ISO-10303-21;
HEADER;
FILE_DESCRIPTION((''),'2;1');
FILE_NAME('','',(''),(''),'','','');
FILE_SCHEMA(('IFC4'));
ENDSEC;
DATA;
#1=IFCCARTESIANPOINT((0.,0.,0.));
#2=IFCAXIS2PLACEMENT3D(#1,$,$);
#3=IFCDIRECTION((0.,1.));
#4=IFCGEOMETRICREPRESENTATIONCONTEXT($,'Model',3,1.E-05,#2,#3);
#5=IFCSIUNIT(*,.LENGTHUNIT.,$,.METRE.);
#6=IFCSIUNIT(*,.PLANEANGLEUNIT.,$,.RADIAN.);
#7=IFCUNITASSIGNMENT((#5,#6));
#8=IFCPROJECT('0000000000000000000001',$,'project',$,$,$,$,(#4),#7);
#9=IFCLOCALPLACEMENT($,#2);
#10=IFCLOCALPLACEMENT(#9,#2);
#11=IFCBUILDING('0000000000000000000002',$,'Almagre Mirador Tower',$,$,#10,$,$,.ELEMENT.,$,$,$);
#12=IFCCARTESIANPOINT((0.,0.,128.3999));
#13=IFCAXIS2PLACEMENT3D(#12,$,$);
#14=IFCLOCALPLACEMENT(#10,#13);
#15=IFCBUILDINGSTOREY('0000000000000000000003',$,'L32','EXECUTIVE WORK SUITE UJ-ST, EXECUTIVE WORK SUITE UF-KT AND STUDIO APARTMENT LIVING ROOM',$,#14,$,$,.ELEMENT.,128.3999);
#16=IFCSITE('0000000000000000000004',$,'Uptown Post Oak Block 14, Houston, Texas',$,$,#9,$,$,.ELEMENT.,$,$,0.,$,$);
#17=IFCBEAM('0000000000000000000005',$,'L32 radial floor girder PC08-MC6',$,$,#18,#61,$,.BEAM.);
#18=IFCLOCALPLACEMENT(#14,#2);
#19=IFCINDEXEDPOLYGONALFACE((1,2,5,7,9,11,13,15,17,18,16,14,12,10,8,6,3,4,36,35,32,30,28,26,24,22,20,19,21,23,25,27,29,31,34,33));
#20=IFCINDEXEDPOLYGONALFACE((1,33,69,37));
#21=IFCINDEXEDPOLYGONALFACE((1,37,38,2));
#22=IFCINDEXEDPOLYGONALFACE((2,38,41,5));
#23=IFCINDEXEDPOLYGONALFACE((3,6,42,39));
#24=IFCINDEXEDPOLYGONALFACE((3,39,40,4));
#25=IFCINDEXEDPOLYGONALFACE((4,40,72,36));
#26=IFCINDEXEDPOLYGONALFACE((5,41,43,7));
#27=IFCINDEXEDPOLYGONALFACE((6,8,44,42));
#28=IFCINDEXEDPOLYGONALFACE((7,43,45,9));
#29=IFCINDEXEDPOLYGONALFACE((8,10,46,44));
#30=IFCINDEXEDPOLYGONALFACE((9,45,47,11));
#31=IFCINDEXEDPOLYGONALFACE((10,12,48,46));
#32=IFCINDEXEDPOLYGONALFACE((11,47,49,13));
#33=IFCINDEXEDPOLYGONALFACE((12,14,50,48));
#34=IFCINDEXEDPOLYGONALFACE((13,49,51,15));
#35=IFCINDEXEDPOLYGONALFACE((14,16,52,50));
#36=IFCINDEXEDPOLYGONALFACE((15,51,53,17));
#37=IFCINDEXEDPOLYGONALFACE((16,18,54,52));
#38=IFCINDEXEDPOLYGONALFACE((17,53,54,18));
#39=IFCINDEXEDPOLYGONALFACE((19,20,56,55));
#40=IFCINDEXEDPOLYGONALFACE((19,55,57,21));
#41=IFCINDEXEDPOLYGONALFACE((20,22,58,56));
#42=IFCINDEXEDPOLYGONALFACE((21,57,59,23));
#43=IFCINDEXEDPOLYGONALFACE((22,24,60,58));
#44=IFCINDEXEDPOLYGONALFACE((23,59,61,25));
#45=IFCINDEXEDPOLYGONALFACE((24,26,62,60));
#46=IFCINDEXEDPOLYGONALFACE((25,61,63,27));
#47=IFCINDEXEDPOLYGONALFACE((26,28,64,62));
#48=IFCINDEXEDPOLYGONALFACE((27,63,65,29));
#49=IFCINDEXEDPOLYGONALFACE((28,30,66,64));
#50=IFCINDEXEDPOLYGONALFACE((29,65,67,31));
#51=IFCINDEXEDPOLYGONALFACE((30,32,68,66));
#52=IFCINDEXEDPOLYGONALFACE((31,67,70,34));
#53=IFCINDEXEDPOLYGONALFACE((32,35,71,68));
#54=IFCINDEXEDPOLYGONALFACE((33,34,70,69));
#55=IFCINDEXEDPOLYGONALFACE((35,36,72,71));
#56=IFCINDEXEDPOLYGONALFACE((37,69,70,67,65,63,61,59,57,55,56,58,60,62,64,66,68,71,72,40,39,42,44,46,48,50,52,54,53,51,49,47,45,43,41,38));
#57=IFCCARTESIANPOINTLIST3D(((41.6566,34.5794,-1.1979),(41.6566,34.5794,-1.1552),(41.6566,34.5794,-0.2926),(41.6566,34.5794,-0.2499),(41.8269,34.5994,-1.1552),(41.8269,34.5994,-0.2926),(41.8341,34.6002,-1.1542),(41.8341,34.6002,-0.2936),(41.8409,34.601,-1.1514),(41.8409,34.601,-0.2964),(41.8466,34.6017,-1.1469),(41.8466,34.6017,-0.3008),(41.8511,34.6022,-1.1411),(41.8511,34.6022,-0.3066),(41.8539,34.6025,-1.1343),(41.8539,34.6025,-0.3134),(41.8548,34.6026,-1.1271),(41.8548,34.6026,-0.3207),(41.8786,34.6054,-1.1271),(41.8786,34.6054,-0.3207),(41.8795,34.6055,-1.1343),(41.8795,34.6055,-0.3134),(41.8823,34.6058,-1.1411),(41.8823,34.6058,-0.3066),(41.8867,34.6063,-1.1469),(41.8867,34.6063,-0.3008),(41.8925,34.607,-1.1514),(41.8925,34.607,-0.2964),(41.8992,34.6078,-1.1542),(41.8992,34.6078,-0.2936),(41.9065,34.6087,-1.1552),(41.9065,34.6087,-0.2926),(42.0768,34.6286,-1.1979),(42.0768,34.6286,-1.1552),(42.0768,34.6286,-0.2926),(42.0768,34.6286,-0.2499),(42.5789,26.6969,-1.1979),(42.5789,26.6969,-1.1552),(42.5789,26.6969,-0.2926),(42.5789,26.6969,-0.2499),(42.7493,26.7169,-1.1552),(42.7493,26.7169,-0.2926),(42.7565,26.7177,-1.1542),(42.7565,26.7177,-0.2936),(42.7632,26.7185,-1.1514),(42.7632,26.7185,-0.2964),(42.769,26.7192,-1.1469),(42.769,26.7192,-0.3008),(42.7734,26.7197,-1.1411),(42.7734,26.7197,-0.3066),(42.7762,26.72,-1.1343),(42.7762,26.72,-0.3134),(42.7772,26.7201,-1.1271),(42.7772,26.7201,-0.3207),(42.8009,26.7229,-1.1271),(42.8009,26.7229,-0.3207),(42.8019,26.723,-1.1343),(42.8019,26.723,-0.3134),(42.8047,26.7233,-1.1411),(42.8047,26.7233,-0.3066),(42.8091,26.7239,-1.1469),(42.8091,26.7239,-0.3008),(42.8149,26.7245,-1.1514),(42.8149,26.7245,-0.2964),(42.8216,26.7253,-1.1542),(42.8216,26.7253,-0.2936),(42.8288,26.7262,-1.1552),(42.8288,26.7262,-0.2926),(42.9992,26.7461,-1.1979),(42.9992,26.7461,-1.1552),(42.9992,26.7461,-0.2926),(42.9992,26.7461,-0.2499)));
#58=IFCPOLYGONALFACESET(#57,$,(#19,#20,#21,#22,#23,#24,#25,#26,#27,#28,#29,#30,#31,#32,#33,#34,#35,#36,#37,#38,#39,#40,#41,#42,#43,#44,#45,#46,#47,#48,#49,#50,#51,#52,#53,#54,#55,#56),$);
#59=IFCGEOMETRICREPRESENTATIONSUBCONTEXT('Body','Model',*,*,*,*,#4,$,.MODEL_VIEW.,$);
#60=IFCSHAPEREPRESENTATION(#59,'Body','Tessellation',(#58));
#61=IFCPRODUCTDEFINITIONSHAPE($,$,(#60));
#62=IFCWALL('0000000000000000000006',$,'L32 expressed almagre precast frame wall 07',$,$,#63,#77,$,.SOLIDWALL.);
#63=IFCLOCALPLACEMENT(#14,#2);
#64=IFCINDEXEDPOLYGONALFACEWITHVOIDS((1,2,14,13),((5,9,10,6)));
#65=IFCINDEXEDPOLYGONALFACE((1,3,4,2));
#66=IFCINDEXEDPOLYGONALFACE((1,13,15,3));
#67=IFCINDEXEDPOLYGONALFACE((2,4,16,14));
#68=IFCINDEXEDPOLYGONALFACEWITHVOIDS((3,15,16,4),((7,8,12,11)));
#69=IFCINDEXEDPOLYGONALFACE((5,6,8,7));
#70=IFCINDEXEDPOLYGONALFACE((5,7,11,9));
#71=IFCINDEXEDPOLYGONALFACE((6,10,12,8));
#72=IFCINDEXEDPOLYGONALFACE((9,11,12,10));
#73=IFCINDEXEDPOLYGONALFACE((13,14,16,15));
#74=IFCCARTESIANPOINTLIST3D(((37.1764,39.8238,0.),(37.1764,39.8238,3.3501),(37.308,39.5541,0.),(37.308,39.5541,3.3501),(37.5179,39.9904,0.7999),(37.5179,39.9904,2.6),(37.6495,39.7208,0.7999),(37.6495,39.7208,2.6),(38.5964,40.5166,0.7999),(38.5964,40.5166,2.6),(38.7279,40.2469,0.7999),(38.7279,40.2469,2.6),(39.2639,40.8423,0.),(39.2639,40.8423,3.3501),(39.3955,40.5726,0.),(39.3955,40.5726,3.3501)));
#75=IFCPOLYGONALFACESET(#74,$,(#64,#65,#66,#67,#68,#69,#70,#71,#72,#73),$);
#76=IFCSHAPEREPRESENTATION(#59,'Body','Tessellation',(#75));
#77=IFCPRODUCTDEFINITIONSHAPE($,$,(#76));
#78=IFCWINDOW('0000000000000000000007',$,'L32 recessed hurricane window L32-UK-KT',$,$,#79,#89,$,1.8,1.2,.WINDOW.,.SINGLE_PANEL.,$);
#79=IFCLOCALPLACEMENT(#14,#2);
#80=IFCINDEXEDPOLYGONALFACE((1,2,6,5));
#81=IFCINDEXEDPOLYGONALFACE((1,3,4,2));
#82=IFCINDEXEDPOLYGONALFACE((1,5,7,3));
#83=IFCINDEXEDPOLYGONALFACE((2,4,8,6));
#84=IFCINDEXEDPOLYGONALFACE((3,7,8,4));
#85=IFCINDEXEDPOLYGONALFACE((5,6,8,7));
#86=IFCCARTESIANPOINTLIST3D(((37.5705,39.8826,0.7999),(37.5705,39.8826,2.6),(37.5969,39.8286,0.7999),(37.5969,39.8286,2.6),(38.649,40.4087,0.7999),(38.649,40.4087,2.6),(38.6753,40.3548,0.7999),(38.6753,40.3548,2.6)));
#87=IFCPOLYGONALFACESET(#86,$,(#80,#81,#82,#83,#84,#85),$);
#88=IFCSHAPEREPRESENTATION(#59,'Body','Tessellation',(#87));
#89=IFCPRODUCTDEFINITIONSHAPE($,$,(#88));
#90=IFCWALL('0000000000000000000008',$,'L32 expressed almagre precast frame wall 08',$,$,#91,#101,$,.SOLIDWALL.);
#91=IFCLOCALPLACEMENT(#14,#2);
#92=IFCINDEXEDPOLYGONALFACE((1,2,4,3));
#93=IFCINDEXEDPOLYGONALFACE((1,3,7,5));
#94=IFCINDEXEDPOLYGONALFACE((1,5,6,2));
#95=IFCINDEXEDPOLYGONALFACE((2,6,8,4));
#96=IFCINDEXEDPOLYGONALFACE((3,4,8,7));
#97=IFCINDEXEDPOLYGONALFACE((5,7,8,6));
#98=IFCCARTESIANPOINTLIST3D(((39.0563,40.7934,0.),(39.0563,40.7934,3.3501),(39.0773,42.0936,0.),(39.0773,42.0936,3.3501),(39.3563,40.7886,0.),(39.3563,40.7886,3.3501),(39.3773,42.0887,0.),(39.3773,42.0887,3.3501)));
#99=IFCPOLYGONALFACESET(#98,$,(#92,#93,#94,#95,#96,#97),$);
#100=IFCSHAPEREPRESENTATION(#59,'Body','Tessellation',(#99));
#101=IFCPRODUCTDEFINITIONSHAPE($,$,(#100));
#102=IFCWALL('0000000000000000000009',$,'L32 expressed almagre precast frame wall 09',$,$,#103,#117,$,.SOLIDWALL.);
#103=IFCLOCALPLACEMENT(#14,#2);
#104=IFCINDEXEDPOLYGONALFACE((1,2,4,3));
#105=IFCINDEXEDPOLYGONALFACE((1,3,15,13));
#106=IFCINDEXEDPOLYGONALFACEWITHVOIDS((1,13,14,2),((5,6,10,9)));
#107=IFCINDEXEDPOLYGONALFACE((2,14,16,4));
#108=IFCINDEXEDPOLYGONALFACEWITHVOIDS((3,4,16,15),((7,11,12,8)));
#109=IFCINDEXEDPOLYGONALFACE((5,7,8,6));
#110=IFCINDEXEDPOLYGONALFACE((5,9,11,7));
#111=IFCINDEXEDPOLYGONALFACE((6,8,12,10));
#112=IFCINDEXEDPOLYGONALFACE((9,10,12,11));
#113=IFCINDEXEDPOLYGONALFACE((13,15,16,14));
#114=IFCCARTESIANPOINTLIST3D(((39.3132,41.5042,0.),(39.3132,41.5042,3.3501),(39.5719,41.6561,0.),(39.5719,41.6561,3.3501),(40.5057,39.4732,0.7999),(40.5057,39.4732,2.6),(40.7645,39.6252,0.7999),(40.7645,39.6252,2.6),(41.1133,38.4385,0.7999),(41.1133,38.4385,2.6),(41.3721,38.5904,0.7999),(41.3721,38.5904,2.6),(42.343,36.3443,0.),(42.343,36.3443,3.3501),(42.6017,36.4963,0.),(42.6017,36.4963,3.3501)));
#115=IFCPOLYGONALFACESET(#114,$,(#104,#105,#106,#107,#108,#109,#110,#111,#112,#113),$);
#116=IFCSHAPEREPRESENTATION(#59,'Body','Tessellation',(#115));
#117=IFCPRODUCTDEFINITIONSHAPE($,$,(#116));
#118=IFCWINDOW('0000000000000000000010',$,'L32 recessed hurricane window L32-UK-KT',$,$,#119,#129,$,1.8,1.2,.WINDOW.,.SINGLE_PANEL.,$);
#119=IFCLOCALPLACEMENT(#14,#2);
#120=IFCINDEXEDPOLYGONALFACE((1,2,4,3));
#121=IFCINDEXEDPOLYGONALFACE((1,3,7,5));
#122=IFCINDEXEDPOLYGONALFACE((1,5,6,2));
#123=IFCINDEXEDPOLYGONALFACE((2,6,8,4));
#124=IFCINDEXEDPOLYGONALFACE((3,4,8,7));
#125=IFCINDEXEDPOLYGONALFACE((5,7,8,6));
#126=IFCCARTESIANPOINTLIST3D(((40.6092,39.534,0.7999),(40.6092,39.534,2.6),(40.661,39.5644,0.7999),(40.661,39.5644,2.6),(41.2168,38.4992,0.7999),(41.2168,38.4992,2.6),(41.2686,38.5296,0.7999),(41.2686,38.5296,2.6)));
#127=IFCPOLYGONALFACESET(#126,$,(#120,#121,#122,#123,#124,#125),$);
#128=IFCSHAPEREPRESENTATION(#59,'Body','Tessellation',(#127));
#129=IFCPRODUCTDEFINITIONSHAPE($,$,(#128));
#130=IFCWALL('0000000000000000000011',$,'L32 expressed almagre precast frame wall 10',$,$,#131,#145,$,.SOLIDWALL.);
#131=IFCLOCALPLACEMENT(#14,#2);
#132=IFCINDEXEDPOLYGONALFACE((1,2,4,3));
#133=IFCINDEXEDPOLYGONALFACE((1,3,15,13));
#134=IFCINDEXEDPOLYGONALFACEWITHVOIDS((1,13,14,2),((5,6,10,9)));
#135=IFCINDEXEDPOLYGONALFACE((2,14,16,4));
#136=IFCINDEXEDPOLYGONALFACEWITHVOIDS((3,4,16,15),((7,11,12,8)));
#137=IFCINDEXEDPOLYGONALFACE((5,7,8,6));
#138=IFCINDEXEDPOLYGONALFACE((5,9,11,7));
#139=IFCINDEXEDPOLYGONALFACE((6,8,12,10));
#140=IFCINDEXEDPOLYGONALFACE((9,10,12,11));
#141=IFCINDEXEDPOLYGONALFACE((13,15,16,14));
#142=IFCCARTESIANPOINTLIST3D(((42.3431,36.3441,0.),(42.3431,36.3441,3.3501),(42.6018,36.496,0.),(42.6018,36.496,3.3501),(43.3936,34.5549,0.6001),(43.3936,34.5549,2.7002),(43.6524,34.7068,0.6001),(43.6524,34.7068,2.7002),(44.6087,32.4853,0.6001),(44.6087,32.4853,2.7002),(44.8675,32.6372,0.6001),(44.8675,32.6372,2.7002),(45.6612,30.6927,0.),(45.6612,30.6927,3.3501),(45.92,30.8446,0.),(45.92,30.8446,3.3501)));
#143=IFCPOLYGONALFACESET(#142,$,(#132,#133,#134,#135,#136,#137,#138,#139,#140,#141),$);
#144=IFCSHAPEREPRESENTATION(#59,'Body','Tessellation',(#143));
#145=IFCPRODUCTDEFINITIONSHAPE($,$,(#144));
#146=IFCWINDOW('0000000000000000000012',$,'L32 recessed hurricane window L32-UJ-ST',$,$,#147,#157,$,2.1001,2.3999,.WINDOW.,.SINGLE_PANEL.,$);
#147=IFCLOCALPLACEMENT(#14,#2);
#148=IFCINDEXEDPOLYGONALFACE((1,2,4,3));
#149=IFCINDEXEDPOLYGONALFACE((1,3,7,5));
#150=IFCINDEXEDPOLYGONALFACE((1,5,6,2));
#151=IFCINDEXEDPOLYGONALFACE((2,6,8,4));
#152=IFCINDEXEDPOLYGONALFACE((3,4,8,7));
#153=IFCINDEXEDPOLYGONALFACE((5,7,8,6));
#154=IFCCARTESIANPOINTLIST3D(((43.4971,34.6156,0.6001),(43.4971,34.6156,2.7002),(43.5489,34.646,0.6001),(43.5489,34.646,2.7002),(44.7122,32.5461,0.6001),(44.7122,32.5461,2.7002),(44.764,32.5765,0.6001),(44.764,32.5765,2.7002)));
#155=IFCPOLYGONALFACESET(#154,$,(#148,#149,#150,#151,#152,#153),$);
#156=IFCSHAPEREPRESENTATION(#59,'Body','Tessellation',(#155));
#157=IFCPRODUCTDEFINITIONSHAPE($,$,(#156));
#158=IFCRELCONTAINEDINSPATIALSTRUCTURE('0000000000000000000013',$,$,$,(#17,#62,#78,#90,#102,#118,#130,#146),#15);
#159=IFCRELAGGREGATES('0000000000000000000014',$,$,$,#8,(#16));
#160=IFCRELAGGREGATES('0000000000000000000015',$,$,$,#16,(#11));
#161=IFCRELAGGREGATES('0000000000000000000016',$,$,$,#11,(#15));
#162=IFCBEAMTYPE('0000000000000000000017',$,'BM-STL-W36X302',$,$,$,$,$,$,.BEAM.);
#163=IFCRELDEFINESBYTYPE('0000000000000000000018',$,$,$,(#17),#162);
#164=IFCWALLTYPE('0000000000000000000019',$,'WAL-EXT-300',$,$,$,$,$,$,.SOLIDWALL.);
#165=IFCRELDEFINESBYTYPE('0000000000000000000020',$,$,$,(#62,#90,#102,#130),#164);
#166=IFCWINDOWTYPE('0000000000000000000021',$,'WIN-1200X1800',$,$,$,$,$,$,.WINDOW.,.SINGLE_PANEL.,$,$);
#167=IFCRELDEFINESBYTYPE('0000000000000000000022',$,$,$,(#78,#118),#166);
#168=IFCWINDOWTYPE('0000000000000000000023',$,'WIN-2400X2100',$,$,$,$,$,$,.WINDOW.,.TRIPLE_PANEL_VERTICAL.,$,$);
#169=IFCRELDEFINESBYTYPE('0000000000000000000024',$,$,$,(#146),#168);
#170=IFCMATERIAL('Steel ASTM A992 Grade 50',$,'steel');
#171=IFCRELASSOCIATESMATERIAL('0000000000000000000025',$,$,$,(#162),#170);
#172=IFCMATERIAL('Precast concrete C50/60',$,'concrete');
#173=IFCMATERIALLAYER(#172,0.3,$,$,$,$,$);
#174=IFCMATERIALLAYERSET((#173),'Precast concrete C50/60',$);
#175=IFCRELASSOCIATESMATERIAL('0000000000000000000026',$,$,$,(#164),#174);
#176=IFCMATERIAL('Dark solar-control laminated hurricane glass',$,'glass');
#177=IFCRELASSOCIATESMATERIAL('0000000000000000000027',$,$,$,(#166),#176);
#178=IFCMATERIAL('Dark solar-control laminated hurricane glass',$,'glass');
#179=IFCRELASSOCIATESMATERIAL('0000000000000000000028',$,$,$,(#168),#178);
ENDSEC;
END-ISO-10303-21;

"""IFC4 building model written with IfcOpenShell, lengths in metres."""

from ifc_helpers import new_model, si_unit, direction, frame, frame_2d, origin, origin_2d, place, context, subcontext, project, spatial, rectangle, i_section, extrude, material, layer, layer_set, material_profile, profile_set, type_object, element, fill, save


model = new_model("IFC4")

# Units and contexts
model_context = context("Model", 3, precision=1e-05, world=origin(), true_north=direction((0.0, 1.0)))
body_context = subcontext(model_context, "Body", "Model", "MODEL_VIEW")
ifc_project = project(units=[si_unit("LENGTHUNIT", "METRE"), si_unit("PLANEANGLEUNIT", "RADIAN")], contexts=[model_context])

# Site, building, storey
site_placement = place(None, origin())
site = spatial("IfcSite", under=ifc_project, at=site_placement, Name="Uptown Post Oak Block 14, Houston, Texas", CompositionType="ELEMENT", RefElevation=0.0)
building_placement = place(site_placement, origin())
building = spatial("IfcBuilding", under=site, at=building_placement, Name="Almagre Mirador Tower", CompositionType="ELEMENT")
storey_placement = place(building_placement, frame((0.0, 0.0, 128.3999)))
storey = spatial("IfcBuildingStorey", under=building, at=storey_placement, Name="L32", Description="EXECUTIVE WORK SUITE UJ-ST, EXECUTIVE WORK SUITE UF-KT AND STUDIO APARTMENT LIVING ROOM", CompositionType="ELEMENT", Elevation=128.3999)

# Beam
ifc_material_1 = material(Name="Steel ASTM A992 Grade 50", Category="steel")
ifc_material_profile_1 = material_profile(ifc_material_1, i_section(OverallWidth=0.4231, OverallDepth=0.948, WebThickness=0.0239, FlangeThickness=0.0427, FilletRadius=0.0281, at=origin_2d()), Name="W36X302")
ifc_profile_set_1 = profile_set([ifc_material_profile_1], Name="Steel ASTM A992 Grade 50")
beam_type_1 = type_object("IfcBeamType", Name="BM-STL-W36X302", PredefinedType="BEAM", material=ifc_profile_set_1)
beam_1_placement = place(storey_placement, frame((41.8667, 34.604, -0.7239), z_axis=(0.11622, -0.993223, 0.0), x_axis=(0.993223, 0.11622, 0.0)))
element("IfcBeam", 1, at=beam_1_placement, inside=storey, type_object=beam_type_1, Name="L32 radial floor girder PC08-MC6", PredefinedType="BEAM", context=body_context, shape_type="SweptSolid", body=[
    extrude(i_section(OverallWidth=0.4231, OverallDepth=0.948, WebThickness=0.0239, FlangeThickness=0.0427, FilletRadius=0.0281, at=origin_2d()), origin(), (0.0, 0.0, 1.0), 7.9363),
])

# Wall, opening, window
ifc_material_2 = material(Name="Precast concrete C50/60", Category="concrete")
ifc_layer_1 = layer(ifc_material_2, 0.3)
ifc_layer_set_1 = layer_set([ifc_layer_1], Name="Precast concrete C50/60")
wall_type_1 = type_object("IfcWallType", Name="WAL-EXT-300", PredefinedType="SOLIDWALL", material=ifc_layer_set_1)
wall_1_placement = place(storey_placement, frame((37.2422, 39.689, 0.0), z_axis=(0.0, 0.0, 1.0), x_axis=(0.898736, 0.43849, 0.0)))
wall_1 = element("IfcWall", 2, at=wall_1_placement, inside=storey, type_object=wall_type_1, Name="L32 expressed almagre precast frame wall 07", PredefinedType="SOLIDWALL", context=body_context, shape_type="SweptSolid", body=[
    extrude(rectangle(XDim=2.3228, YDim=0.3, at=frame_2d((1.1614, 0.0))), origin(), (0.0, 0.0, 1.0), 3.3501),
])
opening_1_placement = place(wall_1_placement, frame((0.3799, 0.0, 0.8)))
opening_1 = element("IfcOpeningElement", 3, at=opening_1_placement, cuts=wall_1, PredefinedType="OPENING", context=body_context, shape_type="SweptSolid", body=[
    extrude(rectangle(XDim=1.2, YDim=1.8, at=frame_2d((0.6001, 0.8999))), frame((0.0, 0.1599, 0.0), z_axis=(0.0, -1.0, 0.0), x_axis=(1.0, 0.0, 0.0)), (0.0, 0.0, 1.0), 0.32),
])
ifc_material_3 = material(Name="Dark solar-control laminated hurricane glass", Category="glass")
window_type_1 = type_object("IfcWindowType", Name="WIN-1200X1800", PartitioningType="SINGLE_PANEL", PredefinedType="WINDOW", material=ifc_material_3)
window_1_placement = place(opening_1_placement, origin())
window_1 = element("IfcWindow", 4, at=window_1_placement, inside=storey, type_object=window_type_1, Name="L32 recessed hurricane window L32-UK-KT", OverallHeight=1.8, OverallWidth=1.2, PartitioningType="SINGLE_PANEL", PredefinedType="WINDOW", context=body_context, shape_type="SweptSolid", body=[
    extrude(rectangle(XDim=1.2, YDim=1.8, at=frame_2d((0.6001, 0.8999))), frame((0.0, 0.03, 0.0), z_axis=(0.0, -1.0, 0.0), x_axis=(1.0, 0.0, 0.0)), (0.0, 0.0, 1.0), 0.0601),
])
fill(opening_1, window_1)

# Wall
wall_2_placement = place(storey_placement, frame((39.2063, 40.791, 0.0), z_axis=(0.0, 0.0, 1.0), x_axis=(0.016148, 0.99987, 0.0)))
element("IfcWall", 5, at=wall_2_placement, inside=storey, type_object=wall_type_1, Name="L32 expressed almagre precast frame wall 08", PredefinedType="SOLIDWALL", context=body_context, shape_type="SweptSolid", body=[
    extrude(rectangle(XDim=1.3003, YDim=0.3, at=frame_2d((0.6501, 0.0))), origin(), (0.0, 0.0, 1.0), 3.3501),
])

# Walls, openings, windows
wall_3_placement = place(storey_placement, frame((39.4426, 41.5801, 0.0), z_axis=(0.0, 0.0, 1.0), x_axis=(0.506342, -0.862333, 0.0)))
wall_3 = element("IfcWall", 6, at=wall_3_placement, inside=storey, type_object=wall_type_1, Name="L32 expressed almagre precast frame wall 09", PredefinedType="SOLIDWALL", context=body_context, shape_type="SweptSolid", body=[
    extrude(rectangle(XDim=5.9836, YDim=0.3, at=frame_2d((2.9917, 0.0))), origin(), (0.0, 0.0, 1.0), 3.3501),
])
opening_2_placement = place(wall_3_placement, frame((2.355, 0.0, 0.8)))
opening_2 = element("IfcOpeningElement", 7, at=opening_2_placement, cuts=wall_3, PredefinedType="OPENING", context=body_context, shape_type="SweptSolid", body=[
    extrude(rectangle(XDim=1.2, YDim=1.8, at=frame_2d((0.6001, 0.8999))), frame((0.0, 0.1599, 0.0), z_axis=(0.0, -1.0, 0.0), x_axis=(1.0, 0.0, 0.0)), (0.0, 0.0, 1.0), 0.32),
])
window_2_placement = place(opening_2_placement, origin())
window_2 = element("IfcWindow", 8, at=window_2_placement, inside=storey, type_object=window_type_1, Name="L32 recessed hurricane window L32-UK-KT", OverallHeight=1.8, OverallWidth=1.2, PartitioningType="SINGLE_PANEL", PredefinedType="WINDOW", context=body_context, shape_type="SweptSolid", body=[
    extrude(rectangle(XDim=1.2, YDim=1.8, at=frame_2d((0.6001, 0.8999))), frame((0.0, 0.03, 0.0), z_axis=(0.0, -1.0, 0.0), x_axis=(1.0, 0.0, 0.0)), (0.0, 0.0, 1.0), 0.0601),
])
fill(opening_2, window_2)
wall_4_placement = place(storey_placement, frame((42.4724, 36.4202, 0.0), z_axis=(0.0, 0.0, 1.0), x_axis=(0.506315, -0.862349, 0.0)))
wall_4 = element("IfcWall", 9, at=wall_4_placement, inside=storey, type_object=wall_type_1, Name="L32 expressed almagre precast frame wall 10", PredefinedType="SOLIDWALL", context=body_context, shape_type="SweptSolid", body=[
    extrude(rectangle(XDim=6.5535, YDim=0.3, at=frame_2d((3.2769, 0.0))), origin(), (0.0, 0.0, 1.0), 3.3501),
])
opening_3_placement = place(wall_4_placement, frame((2.075, 0.0, 0.6001)))
opening_3 = element("IfcOpeningElement", 10, at=opening_3_placement, cuts=wall_4, PredefinedType="OPENING", context=body_context, shape_type="SweptSolid", body=[
    extrude(rectangle(XDim=2.3999, YDim=2.1001, at=frame_2d((1.2, 1.05))), frame((0.0, 0.1599, 0.0), z_axis=(0.0, -1.0, 0.0), x_axis=(1.0, 0.0, 0.0)), (0.0, 0.0, 1.0), 0.32),
])
ifc_material_4 = material(Name="Dark solar-control laminated hurricane glass", Category="glass")
window_type_2 = type_object("IfcWindowType", Name="WIN-2400X2100", PartitioningType="TRIPLE_PANEL_VERTICAL", PredefinedType="WINDOW", material=ifc_material_4)
window_3_placement = place(opening_3_placement, origin())
window_3 = element("IfcWindow", 11, at=window_3_placement, inside=storey, type_object=window_type_2, Name="L32 recessed hurricane window L32-UJ-ST", OverallHeight=2.1001, OverallWidth=2.3999, PartitioningType="SINGLE_PANEL", PredefinedType="WINDOW", context=body_context, shape_type="SweptSolid", body=[
    extrude(rectangle(XDim=2.3999, YDim=2.1001, at=frame_2d((1.2, 1.05))), frame((0.0, 0.03, 0.0), z_axis=(0.0, -1.0, 0.0), x_axis=(1.0, 0.0, 0.0)), (0.0, 0.0, 1.0), 0.0601),
])
fill(opening_3, window_3)

save(model, "model.ifc")
